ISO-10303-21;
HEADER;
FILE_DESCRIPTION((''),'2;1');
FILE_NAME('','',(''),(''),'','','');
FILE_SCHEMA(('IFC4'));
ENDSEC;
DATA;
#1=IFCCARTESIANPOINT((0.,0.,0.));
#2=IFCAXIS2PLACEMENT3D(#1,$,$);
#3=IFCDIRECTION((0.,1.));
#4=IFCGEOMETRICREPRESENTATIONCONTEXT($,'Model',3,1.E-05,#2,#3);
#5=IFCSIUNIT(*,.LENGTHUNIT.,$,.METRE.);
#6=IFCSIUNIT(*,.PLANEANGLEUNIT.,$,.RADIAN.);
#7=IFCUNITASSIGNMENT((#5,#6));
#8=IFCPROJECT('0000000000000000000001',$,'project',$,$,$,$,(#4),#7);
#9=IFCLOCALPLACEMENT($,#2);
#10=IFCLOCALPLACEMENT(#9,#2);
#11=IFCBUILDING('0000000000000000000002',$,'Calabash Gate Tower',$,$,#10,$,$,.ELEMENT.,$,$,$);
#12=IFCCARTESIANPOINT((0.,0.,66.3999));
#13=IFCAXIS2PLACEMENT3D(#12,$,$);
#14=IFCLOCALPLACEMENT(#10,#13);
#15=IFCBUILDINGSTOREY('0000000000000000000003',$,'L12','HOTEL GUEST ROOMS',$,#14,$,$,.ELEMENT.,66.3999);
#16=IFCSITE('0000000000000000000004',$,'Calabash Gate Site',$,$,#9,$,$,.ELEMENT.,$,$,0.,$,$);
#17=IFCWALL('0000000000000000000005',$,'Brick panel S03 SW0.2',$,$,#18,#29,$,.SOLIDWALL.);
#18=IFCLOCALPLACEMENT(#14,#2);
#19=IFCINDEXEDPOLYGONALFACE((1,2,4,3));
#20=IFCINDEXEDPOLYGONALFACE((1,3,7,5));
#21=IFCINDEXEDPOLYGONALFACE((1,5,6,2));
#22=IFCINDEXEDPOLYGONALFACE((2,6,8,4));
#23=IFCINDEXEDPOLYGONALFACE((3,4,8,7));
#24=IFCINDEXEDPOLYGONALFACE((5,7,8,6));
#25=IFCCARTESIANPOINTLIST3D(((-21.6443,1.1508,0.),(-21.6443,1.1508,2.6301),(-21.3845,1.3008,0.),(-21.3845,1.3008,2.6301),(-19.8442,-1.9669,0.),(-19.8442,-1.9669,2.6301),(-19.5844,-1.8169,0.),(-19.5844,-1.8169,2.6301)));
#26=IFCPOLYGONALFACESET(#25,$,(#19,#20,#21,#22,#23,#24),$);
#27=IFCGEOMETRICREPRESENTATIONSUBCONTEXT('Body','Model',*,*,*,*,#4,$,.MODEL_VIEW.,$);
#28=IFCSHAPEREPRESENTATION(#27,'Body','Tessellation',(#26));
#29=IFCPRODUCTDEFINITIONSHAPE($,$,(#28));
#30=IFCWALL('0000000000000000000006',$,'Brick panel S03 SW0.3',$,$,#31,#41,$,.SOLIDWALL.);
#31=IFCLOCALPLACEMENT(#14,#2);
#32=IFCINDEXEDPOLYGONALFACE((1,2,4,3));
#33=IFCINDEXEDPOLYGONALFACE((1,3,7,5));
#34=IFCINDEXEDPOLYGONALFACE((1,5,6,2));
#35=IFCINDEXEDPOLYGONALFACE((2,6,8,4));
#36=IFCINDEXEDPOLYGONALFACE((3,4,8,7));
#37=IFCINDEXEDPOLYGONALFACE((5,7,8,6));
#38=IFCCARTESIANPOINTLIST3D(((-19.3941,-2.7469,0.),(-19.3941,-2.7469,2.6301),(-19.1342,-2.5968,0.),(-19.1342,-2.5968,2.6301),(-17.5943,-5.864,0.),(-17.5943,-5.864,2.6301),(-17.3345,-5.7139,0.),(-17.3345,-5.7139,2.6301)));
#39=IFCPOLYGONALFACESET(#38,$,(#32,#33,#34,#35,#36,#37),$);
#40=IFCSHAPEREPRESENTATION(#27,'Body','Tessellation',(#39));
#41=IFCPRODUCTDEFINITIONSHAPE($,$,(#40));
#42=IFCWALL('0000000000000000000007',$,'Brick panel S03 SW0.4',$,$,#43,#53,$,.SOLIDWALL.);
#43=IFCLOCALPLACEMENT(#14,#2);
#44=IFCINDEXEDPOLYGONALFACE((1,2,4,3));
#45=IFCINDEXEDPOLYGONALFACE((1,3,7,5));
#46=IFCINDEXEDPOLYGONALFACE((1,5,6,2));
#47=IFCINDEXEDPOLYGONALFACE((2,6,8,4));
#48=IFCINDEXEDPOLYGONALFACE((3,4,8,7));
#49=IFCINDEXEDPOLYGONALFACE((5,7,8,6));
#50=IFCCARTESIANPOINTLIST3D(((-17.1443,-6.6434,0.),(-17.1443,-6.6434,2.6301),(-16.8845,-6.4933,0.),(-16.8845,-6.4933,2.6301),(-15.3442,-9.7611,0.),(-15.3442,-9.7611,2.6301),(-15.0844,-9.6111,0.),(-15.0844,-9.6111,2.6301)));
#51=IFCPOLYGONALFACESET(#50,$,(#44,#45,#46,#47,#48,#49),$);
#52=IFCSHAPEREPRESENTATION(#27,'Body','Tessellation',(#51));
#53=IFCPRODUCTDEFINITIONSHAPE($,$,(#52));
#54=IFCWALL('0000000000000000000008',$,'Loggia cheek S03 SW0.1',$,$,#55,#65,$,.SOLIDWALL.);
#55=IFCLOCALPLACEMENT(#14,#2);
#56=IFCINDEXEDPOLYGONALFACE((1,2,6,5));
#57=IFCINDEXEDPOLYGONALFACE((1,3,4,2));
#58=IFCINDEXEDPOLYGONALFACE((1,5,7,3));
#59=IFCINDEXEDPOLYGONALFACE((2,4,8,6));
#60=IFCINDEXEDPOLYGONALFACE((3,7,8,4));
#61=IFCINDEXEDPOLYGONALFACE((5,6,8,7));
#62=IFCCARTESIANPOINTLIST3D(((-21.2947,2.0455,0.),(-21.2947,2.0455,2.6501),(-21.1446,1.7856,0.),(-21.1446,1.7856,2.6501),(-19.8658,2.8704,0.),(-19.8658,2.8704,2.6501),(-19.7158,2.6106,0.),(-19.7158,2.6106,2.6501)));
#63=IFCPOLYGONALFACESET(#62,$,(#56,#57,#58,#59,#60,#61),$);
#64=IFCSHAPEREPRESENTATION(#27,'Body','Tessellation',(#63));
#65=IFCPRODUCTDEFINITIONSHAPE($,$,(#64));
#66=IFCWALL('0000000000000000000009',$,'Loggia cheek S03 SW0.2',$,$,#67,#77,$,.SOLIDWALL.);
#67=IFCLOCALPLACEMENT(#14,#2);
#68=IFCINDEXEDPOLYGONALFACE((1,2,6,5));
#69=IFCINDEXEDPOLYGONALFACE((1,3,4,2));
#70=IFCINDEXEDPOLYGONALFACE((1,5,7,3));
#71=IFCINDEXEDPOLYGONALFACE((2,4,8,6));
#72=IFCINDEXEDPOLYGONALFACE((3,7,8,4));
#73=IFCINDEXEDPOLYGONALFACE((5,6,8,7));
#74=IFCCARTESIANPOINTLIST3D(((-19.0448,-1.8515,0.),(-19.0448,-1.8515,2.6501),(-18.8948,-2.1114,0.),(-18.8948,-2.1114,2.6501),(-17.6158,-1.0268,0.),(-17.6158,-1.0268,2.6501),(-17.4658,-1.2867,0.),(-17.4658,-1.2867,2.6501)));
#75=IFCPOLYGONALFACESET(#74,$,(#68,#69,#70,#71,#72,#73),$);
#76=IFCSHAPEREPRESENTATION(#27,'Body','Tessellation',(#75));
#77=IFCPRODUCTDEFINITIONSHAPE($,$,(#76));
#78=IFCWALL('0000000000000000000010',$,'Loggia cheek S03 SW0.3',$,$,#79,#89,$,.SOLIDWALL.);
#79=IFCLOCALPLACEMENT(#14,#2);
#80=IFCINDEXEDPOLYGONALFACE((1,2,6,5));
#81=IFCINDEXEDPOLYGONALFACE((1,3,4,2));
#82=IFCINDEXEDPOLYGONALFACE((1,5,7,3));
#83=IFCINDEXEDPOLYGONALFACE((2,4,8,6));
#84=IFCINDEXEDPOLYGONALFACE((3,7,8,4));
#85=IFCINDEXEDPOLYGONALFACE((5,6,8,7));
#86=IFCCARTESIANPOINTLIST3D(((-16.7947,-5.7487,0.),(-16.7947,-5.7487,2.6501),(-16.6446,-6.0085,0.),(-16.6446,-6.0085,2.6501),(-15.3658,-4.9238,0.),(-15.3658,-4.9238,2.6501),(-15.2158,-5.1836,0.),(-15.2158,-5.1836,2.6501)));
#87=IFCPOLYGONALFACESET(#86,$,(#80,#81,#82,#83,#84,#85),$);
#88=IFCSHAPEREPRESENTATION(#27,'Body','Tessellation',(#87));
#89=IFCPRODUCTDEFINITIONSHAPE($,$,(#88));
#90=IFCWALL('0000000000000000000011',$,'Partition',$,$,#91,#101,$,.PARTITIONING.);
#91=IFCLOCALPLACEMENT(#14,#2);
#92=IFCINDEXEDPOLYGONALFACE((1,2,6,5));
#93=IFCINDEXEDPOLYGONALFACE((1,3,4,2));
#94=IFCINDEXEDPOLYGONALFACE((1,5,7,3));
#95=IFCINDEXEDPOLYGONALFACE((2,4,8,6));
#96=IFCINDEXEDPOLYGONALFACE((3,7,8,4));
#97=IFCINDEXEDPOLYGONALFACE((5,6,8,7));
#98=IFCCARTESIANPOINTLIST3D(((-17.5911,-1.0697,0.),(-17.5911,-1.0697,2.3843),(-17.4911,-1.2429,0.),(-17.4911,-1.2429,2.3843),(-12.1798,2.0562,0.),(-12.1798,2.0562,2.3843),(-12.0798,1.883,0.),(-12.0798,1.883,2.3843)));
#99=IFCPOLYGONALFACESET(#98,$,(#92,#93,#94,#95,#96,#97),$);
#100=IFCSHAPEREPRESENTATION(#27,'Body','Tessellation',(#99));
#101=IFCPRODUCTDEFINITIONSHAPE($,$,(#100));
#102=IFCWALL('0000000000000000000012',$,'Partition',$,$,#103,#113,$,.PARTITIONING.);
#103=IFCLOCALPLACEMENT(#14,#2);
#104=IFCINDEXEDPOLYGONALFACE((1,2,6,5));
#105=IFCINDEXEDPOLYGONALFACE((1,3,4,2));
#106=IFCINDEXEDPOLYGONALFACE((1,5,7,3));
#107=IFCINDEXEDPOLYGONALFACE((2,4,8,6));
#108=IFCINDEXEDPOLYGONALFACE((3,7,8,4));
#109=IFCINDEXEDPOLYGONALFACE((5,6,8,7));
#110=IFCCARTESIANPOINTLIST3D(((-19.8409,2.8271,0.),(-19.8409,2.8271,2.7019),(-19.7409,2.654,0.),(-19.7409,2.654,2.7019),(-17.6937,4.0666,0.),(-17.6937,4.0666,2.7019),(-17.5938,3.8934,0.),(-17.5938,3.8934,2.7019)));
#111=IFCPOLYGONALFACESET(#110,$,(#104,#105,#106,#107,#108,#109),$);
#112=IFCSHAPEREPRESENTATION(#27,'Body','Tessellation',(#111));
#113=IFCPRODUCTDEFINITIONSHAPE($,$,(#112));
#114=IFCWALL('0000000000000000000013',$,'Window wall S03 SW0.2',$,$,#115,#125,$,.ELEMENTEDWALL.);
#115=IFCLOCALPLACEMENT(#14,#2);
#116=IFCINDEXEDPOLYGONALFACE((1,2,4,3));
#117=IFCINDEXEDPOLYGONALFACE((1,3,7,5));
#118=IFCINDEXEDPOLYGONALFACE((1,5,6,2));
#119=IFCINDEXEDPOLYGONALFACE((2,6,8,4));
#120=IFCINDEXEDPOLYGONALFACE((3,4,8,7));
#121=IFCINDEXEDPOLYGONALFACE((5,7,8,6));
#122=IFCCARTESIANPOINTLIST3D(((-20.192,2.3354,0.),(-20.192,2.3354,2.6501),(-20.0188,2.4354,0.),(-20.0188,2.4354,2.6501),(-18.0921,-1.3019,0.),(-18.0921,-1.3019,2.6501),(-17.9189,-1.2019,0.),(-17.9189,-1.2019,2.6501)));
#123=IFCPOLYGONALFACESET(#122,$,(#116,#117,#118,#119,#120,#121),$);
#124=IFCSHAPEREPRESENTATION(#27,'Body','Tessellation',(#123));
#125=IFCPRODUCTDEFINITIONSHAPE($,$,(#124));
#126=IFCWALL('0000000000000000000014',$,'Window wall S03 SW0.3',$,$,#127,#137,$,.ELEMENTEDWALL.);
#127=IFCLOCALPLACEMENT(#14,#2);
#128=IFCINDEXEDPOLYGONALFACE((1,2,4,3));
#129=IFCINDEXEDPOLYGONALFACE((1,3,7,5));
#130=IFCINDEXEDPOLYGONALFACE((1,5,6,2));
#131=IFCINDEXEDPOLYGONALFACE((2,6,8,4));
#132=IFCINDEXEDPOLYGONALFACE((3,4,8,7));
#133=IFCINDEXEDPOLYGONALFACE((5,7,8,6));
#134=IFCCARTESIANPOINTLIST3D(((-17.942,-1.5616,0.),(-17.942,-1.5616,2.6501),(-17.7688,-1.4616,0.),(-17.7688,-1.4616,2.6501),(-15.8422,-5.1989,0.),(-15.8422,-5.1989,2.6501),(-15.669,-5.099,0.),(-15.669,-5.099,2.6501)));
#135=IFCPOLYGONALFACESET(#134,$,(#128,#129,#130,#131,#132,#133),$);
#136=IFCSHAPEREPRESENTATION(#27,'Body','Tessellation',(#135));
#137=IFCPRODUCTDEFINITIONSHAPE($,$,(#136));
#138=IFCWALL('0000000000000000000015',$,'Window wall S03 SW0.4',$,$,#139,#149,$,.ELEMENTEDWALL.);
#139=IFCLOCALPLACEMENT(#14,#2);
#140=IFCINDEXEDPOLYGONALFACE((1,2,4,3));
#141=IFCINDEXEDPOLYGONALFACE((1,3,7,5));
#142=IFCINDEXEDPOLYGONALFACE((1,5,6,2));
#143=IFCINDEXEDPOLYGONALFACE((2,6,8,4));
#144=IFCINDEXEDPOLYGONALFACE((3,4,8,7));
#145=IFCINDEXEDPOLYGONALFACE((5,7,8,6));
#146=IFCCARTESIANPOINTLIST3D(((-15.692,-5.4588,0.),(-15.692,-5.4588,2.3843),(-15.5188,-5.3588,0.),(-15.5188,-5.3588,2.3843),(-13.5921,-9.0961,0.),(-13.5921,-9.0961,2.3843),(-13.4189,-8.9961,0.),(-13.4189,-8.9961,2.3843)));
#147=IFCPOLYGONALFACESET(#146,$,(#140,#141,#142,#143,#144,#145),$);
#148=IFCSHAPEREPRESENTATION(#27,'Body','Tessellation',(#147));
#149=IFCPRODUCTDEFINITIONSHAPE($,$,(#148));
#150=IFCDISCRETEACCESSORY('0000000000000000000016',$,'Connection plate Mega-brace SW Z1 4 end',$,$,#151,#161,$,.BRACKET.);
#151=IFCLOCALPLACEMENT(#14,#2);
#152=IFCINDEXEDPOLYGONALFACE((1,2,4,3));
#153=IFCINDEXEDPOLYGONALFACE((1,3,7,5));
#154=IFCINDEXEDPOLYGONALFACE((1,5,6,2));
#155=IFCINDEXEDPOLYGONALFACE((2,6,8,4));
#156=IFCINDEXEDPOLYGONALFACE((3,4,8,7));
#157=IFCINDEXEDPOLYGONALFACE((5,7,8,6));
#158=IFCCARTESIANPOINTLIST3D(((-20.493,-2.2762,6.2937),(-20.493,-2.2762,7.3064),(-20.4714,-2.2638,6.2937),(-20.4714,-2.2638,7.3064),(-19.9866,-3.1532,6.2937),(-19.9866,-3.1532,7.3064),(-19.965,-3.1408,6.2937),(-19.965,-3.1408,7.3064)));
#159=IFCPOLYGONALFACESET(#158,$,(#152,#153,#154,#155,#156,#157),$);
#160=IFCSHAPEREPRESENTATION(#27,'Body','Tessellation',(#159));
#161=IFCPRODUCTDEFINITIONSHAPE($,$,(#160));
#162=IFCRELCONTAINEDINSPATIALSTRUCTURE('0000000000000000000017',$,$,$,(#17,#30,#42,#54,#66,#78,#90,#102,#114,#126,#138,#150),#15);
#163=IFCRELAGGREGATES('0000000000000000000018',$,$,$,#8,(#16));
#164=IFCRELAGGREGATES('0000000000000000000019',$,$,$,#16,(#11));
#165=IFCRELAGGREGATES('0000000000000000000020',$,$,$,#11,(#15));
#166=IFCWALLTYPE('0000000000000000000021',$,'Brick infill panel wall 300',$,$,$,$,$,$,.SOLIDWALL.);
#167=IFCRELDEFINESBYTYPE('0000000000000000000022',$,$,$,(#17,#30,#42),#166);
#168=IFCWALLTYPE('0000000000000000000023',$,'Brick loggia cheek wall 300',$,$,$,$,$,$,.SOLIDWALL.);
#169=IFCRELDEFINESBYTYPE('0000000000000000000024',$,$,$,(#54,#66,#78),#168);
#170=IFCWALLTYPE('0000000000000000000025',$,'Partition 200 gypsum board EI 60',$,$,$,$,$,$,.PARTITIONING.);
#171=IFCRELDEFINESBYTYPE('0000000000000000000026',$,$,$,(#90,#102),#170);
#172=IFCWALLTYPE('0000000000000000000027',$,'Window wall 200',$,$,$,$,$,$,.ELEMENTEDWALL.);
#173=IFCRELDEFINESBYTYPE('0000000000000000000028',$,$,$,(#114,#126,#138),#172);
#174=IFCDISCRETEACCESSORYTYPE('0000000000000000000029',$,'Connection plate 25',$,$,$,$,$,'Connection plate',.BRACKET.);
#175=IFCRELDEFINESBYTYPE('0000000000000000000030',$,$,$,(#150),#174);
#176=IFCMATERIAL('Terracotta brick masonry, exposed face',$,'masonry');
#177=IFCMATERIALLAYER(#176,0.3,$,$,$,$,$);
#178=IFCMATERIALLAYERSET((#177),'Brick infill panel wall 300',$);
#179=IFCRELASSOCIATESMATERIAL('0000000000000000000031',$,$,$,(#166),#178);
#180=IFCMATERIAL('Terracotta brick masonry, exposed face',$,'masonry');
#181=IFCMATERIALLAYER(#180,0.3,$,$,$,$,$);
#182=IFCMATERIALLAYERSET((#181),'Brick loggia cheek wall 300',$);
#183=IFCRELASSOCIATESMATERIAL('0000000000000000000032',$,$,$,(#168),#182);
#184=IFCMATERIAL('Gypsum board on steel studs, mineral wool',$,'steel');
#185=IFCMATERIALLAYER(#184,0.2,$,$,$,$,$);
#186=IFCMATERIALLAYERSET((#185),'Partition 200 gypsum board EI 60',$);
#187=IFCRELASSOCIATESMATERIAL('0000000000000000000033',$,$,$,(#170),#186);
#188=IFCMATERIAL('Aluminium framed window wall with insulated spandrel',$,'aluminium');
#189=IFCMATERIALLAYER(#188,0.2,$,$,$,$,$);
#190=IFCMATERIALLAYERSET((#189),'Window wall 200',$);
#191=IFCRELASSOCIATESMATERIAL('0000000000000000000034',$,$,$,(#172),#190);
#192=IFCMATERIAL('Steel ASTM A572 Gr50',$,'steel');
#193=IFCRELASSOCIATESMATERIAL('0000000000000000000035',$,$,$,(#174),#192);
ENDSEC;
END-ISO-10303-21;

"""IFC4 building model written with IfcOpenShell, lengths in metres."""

from ifc_helpers import new_model, si_unit, direction, frame, frame_2d, origin, origin_2d, place, context, subcontext, project, spatial, rectangle, extrude, material, layer, layer_set, type_object, element, save


model = new_model("IFC4")

# Units and contexts
model_context = context("Model", 3, precision=1e-05, world=origin(), true_north=direction((0.0, 1.0)))
body_context = subcontext(model_context, "Body", "Model", "MODEL_VIEW")
ifc_project = project(units=[si_unit("LENGTHUNIT", "METRE"), si_unit("PLANEANGLEUNIT", "RADIAN")], contexts=[model_context])

# Site, building, storey
site_placement = place(None, origin())
site = spatial("IfcSite", under=ifc_project, at=site_placement, Name="Calabash Gate Site", CompositionType="ELEMENT", RefElevation=0.0)
building_placement = place(site_placement, origin())
building = spatial("IfcBuilding", under=site, at=building_placement, Name="Calabash Gate Tower", CompositionType="ELEMENT")
storey_placement = place(building_placement, frame((0.0, 0.0, 66.3999)))
storey = spatial("IfcBuildingStorey", under=building, at=storey_placement, Name="L12", Description="HOTEL GUEST ROOMS", CompositionType="ELEMENT", Elevation=66.3999)

# Walls
ifc_material_1 = material(Name="Terracotta brick masonry, exposed face", Category="masonry")
ifc_layer_1 = layer(ifc_material_1, 0.3)
ifc_layer_set_1 = layer_set([ifc_layer_1], Name="Brick infill panel wall 300")
wall_type_1 = type_object("IfcWallType", Name="Brick infill panel wall 300", PredefinedType="SOLIDWALL", material=ifc_layer_set_1)
wall_1_placement = place(storey_placement, frame((-21.5144, 1.2258, 0.0), z_axis=(0.0, 0.0, 1.0), x_axis=(0.500012, -0.866018, 0.0)))
element("IfcWall", 1, at=wall_1_placement, inside=storey, type_object=wall_type_1, Name="Brick panel S03 SW0.2", PredefinedType="SOLIDWALL", context=body_context, shape_type="SweptSolid", body=[
    extrude(rectangle(XDim=3.6001, YDim=0.3, at=frame_2d((1.8, 0.0))), origin(), (0.0, 0.0, 1.0), 2.6301),
])
wall_2_placement = place(storey_placement, frame((-17.4644, -5.7891, 0.0), z_axis=(0.0, 0.0, 1.0), x_axis=(-0.50002, 0.866014, 0.0)))
element("IfcWall", 2, at=wall_2_placement, inside=storey, type_object=wall_type_1, Name="Brick panel S03 SW0.3", PredefinedType="SOLIDWALL", context=body_context, shape_type="SweptSolid", body=[
    extrude(rectangle(XDim=3.5994, YDim=0.3, at=frame_2d((1.7998, 0.0))), origin(), (0.0, 0.0, 1.0), 2.6301),
])
wall_3_placement = place(storey_placement, frame((-17.0144, -6.5684, 0.0), z_axis=(0.0, 0.0, 1.0), x_axis=(0.500012, -0.866018, 0.0)))
element("IfcWall", 3, at=wall_3_placement, inside=storey, type_object=wall_type_1, Name="Brick panel S03 SW0.4", PredefinedType="SOLIDWALL", context=body_context, shape_type="SweptSolid", body=[
    extrude(rectangle(XDim=3.6001, YDim=0.3, at=frame_2d((1.8, 0.0))), origin(), (0.0, 0.0, 1.0), 2.6301),
])
ifc_material_2 = material(Name="Terracotta brick masonry, exposed face", Category="masonry")
ifc_layer_2 = layer(ifc_material_2, 0.3)
ifc_layer_set_2 = layer_set([ifc_layer_2], Name="Brick loggia cheek wall 300")
wall_type_2 = type_object("IfcWallType", Name="Brick loggia cheek wall 300", PredefinedType="SOLIDWALL", material=ifc_layer_set_2)
for number, where, z_axis, x_axis, name in (
    (4, (-19.7908, 2.7405, 0.0), (0.0, 0.0, 1.0), (-0.86604, -0.499974, 0.0), "Loggia cheek S03 SW0.1"),
    (5, (-17.5408, -1.1567, 0.0), (0.0, 0.0, 1.0), (-0.866104, -0.499863, 0.0), "Loggia cheek S03 SW0.2"),
    (6, (-15.2908, -5.0537, 0.0), (0.0, 0.0, 1.0), (-0.86604, -0.499974, 0.0), "Loggia cheek S03 SW0.3"),
):
    element("IfcWall", number, at=place(storey_placement, frame(where, z_axis=z_axis, x_axis=x_axis)), inside=storey, type_object=wall_type_2, Name=name, PredefinedType="SOLIDWALL", context=body_context, shape_type="SweptSolid", body=[
        extrude(rectangle(XDim=1.6499, YDim=0.3, at=frame_2d((0.825, 0.0))), origin(), (0.0, 0.0, 1.0), 2.6501),
    ])
ifc_material_3 = material(Name="Gypsum board on steel studs, mineral wool", Category="steel")
ifc_layer_3 = layer(ifc_material_3, 0.2)
ifc_layer_set_3 = layer_set([ifc_layer_3], Name="Partition 200 gypsum board EI 60")
wall_type_3 = type_object("IfcWallType", Name="Partition 200 gypsum board EI 60", PredefinedType="PARTITIONING", material=ifc_layer_set_3)
wall_4_placement = place(storey_placement, frame((-17.541, -1.1562, 0.0), z_axis=(0.0, 0.0, 1.0), x_axis=(0.865906, 0.500206, 0.0)))
element("IfcWall", 7, at=wall_4_placement, inside=storey, type_object=wall_type_3, Name="Partition", PredefinedType="PARTITIONING", context=body_context, shape_type="SweptSolid", body=[
    extrude(rectangle(XDim=6.2493, YDim=0.2, at=frame_2d((3.1245, 0.0))), origin(), (0.0, 0.0, 1.0), 2.3843),
])
wall_5_placement = place(storey_placement, frame((-19.791, 2.7405, 0.0), z_axis=(0.0, 0.0, 1.0), x_axis=(0.866059, 0.499941, 0.0)))
element("IfcWall", 8, at=wall_5_placement, inside=storey, type_object=wall_type_3, Name="Partition", PredefinedType="PARTITIONING", context=body_context, shape_type="SweptSolid", body=[
    extrude(rectangle(XDim=2.4792, YDim=0.2, at=frame_2d((1.2397, 0.0))), origin(), (0.0, 0.0, 1.0), 2.7019),
])
ifc_material_4 = material(Name="Aluminium framed window wall with insulated spandrel", Category="aluminium")
ifc_layer_4 = layer(ifc_material_4, 0.2)
ifc_layer_set_4 = layer_set([ifc_layer_4], Name="Window wall 200")
wall_type_4 = type_object("IfcWallType", Name="Window wall 200", PredefinedType="ELEMENTEDWALL", material=ifc_layer_set_4)
for number, where, z_axis, x_axis, name in (
    (9, (-20.1055, 2.3855, 0.0), (0.0, 0.0, 1.0), (0.499984, -0.866035, 0.0), "Window wall S03 SW0.2"),
    (10, (-17.8555, -1.5115, 0.0), (0.0, 0.0, 1.0), (0.499959, -0.866049, 0.0), "Window wall S03 SW0.3"),
):
    element("IfcWall", number, at=place(storey_placement, frame(where, z_axis=z_axis, x_axis=x_axis)), inside=storey, type_object=wall_type_4, Name=name, PredefinedType="ELEMENTEDWALL", context=body_context, shape_type="SweptSolid", body=[
        extrude(rectangle(XDim=4.2, YDim=0.2, at=frame_2d((2.1001, 0.0))), origin(), (0.0, 0.0, 1.0), 2.6501),
    ])
wall_6_placement = place(storey_placement, frame((-15.6055, -5.4087, 0.0), z_axis=(0.0, 0.0, 1.0), x_axis=(0.499984, -0.866035, 0.0)))
element("IfcWall", 11, at=wall_6_placement, inside=storey, type_object=wall_type_4, Name="Window wall S03 SW0.4", PredefinedType="ELEMENTEDWALL", context=body_context, shape_type="SweptSolid", body=[
    extrude(rectangle(XDim=4.2, YDim=0.2, at=frame_2d((2.1001, 0.0))), origin(), (0.0, 0.0, 1.0), 2.3843),
])

# Discrete accessory
ifc_material_5 = material(Name="Steel ASTM A572 Gr50", Category="steel")
discrete_accessory_type = type_object("IfcDiscreteAccessoryType", Name="Connection plate 25", ElementType="Connection plate", PredefinedType="BRACKET", material=ifc_material_5)
discrete_accessory_placement = place(storey_placement, frame((-20.229, -2.7085, 6.2937), z_axis=(0.0, 0.0, 1.0), x_axis=(-0.5, 0.866025, 0.0)))
element("IfcDiscreteAccessory", 12, at=discrete_accessory_placement, inside=storey, type_object=discrete_accessory_type, Name="Connection plate Mega-brace SW Z1 4 end", PredefinedType="BRACKET", context=body_context, shape_type="SweptSolid", body=[
    extrude(rectangle(XDim=1.0127, YDim=0.0249, at=origin_2d()), origin(), (0.0, 0.0, 1.0), 1.0127),
])

save(model, "model.ifc")
